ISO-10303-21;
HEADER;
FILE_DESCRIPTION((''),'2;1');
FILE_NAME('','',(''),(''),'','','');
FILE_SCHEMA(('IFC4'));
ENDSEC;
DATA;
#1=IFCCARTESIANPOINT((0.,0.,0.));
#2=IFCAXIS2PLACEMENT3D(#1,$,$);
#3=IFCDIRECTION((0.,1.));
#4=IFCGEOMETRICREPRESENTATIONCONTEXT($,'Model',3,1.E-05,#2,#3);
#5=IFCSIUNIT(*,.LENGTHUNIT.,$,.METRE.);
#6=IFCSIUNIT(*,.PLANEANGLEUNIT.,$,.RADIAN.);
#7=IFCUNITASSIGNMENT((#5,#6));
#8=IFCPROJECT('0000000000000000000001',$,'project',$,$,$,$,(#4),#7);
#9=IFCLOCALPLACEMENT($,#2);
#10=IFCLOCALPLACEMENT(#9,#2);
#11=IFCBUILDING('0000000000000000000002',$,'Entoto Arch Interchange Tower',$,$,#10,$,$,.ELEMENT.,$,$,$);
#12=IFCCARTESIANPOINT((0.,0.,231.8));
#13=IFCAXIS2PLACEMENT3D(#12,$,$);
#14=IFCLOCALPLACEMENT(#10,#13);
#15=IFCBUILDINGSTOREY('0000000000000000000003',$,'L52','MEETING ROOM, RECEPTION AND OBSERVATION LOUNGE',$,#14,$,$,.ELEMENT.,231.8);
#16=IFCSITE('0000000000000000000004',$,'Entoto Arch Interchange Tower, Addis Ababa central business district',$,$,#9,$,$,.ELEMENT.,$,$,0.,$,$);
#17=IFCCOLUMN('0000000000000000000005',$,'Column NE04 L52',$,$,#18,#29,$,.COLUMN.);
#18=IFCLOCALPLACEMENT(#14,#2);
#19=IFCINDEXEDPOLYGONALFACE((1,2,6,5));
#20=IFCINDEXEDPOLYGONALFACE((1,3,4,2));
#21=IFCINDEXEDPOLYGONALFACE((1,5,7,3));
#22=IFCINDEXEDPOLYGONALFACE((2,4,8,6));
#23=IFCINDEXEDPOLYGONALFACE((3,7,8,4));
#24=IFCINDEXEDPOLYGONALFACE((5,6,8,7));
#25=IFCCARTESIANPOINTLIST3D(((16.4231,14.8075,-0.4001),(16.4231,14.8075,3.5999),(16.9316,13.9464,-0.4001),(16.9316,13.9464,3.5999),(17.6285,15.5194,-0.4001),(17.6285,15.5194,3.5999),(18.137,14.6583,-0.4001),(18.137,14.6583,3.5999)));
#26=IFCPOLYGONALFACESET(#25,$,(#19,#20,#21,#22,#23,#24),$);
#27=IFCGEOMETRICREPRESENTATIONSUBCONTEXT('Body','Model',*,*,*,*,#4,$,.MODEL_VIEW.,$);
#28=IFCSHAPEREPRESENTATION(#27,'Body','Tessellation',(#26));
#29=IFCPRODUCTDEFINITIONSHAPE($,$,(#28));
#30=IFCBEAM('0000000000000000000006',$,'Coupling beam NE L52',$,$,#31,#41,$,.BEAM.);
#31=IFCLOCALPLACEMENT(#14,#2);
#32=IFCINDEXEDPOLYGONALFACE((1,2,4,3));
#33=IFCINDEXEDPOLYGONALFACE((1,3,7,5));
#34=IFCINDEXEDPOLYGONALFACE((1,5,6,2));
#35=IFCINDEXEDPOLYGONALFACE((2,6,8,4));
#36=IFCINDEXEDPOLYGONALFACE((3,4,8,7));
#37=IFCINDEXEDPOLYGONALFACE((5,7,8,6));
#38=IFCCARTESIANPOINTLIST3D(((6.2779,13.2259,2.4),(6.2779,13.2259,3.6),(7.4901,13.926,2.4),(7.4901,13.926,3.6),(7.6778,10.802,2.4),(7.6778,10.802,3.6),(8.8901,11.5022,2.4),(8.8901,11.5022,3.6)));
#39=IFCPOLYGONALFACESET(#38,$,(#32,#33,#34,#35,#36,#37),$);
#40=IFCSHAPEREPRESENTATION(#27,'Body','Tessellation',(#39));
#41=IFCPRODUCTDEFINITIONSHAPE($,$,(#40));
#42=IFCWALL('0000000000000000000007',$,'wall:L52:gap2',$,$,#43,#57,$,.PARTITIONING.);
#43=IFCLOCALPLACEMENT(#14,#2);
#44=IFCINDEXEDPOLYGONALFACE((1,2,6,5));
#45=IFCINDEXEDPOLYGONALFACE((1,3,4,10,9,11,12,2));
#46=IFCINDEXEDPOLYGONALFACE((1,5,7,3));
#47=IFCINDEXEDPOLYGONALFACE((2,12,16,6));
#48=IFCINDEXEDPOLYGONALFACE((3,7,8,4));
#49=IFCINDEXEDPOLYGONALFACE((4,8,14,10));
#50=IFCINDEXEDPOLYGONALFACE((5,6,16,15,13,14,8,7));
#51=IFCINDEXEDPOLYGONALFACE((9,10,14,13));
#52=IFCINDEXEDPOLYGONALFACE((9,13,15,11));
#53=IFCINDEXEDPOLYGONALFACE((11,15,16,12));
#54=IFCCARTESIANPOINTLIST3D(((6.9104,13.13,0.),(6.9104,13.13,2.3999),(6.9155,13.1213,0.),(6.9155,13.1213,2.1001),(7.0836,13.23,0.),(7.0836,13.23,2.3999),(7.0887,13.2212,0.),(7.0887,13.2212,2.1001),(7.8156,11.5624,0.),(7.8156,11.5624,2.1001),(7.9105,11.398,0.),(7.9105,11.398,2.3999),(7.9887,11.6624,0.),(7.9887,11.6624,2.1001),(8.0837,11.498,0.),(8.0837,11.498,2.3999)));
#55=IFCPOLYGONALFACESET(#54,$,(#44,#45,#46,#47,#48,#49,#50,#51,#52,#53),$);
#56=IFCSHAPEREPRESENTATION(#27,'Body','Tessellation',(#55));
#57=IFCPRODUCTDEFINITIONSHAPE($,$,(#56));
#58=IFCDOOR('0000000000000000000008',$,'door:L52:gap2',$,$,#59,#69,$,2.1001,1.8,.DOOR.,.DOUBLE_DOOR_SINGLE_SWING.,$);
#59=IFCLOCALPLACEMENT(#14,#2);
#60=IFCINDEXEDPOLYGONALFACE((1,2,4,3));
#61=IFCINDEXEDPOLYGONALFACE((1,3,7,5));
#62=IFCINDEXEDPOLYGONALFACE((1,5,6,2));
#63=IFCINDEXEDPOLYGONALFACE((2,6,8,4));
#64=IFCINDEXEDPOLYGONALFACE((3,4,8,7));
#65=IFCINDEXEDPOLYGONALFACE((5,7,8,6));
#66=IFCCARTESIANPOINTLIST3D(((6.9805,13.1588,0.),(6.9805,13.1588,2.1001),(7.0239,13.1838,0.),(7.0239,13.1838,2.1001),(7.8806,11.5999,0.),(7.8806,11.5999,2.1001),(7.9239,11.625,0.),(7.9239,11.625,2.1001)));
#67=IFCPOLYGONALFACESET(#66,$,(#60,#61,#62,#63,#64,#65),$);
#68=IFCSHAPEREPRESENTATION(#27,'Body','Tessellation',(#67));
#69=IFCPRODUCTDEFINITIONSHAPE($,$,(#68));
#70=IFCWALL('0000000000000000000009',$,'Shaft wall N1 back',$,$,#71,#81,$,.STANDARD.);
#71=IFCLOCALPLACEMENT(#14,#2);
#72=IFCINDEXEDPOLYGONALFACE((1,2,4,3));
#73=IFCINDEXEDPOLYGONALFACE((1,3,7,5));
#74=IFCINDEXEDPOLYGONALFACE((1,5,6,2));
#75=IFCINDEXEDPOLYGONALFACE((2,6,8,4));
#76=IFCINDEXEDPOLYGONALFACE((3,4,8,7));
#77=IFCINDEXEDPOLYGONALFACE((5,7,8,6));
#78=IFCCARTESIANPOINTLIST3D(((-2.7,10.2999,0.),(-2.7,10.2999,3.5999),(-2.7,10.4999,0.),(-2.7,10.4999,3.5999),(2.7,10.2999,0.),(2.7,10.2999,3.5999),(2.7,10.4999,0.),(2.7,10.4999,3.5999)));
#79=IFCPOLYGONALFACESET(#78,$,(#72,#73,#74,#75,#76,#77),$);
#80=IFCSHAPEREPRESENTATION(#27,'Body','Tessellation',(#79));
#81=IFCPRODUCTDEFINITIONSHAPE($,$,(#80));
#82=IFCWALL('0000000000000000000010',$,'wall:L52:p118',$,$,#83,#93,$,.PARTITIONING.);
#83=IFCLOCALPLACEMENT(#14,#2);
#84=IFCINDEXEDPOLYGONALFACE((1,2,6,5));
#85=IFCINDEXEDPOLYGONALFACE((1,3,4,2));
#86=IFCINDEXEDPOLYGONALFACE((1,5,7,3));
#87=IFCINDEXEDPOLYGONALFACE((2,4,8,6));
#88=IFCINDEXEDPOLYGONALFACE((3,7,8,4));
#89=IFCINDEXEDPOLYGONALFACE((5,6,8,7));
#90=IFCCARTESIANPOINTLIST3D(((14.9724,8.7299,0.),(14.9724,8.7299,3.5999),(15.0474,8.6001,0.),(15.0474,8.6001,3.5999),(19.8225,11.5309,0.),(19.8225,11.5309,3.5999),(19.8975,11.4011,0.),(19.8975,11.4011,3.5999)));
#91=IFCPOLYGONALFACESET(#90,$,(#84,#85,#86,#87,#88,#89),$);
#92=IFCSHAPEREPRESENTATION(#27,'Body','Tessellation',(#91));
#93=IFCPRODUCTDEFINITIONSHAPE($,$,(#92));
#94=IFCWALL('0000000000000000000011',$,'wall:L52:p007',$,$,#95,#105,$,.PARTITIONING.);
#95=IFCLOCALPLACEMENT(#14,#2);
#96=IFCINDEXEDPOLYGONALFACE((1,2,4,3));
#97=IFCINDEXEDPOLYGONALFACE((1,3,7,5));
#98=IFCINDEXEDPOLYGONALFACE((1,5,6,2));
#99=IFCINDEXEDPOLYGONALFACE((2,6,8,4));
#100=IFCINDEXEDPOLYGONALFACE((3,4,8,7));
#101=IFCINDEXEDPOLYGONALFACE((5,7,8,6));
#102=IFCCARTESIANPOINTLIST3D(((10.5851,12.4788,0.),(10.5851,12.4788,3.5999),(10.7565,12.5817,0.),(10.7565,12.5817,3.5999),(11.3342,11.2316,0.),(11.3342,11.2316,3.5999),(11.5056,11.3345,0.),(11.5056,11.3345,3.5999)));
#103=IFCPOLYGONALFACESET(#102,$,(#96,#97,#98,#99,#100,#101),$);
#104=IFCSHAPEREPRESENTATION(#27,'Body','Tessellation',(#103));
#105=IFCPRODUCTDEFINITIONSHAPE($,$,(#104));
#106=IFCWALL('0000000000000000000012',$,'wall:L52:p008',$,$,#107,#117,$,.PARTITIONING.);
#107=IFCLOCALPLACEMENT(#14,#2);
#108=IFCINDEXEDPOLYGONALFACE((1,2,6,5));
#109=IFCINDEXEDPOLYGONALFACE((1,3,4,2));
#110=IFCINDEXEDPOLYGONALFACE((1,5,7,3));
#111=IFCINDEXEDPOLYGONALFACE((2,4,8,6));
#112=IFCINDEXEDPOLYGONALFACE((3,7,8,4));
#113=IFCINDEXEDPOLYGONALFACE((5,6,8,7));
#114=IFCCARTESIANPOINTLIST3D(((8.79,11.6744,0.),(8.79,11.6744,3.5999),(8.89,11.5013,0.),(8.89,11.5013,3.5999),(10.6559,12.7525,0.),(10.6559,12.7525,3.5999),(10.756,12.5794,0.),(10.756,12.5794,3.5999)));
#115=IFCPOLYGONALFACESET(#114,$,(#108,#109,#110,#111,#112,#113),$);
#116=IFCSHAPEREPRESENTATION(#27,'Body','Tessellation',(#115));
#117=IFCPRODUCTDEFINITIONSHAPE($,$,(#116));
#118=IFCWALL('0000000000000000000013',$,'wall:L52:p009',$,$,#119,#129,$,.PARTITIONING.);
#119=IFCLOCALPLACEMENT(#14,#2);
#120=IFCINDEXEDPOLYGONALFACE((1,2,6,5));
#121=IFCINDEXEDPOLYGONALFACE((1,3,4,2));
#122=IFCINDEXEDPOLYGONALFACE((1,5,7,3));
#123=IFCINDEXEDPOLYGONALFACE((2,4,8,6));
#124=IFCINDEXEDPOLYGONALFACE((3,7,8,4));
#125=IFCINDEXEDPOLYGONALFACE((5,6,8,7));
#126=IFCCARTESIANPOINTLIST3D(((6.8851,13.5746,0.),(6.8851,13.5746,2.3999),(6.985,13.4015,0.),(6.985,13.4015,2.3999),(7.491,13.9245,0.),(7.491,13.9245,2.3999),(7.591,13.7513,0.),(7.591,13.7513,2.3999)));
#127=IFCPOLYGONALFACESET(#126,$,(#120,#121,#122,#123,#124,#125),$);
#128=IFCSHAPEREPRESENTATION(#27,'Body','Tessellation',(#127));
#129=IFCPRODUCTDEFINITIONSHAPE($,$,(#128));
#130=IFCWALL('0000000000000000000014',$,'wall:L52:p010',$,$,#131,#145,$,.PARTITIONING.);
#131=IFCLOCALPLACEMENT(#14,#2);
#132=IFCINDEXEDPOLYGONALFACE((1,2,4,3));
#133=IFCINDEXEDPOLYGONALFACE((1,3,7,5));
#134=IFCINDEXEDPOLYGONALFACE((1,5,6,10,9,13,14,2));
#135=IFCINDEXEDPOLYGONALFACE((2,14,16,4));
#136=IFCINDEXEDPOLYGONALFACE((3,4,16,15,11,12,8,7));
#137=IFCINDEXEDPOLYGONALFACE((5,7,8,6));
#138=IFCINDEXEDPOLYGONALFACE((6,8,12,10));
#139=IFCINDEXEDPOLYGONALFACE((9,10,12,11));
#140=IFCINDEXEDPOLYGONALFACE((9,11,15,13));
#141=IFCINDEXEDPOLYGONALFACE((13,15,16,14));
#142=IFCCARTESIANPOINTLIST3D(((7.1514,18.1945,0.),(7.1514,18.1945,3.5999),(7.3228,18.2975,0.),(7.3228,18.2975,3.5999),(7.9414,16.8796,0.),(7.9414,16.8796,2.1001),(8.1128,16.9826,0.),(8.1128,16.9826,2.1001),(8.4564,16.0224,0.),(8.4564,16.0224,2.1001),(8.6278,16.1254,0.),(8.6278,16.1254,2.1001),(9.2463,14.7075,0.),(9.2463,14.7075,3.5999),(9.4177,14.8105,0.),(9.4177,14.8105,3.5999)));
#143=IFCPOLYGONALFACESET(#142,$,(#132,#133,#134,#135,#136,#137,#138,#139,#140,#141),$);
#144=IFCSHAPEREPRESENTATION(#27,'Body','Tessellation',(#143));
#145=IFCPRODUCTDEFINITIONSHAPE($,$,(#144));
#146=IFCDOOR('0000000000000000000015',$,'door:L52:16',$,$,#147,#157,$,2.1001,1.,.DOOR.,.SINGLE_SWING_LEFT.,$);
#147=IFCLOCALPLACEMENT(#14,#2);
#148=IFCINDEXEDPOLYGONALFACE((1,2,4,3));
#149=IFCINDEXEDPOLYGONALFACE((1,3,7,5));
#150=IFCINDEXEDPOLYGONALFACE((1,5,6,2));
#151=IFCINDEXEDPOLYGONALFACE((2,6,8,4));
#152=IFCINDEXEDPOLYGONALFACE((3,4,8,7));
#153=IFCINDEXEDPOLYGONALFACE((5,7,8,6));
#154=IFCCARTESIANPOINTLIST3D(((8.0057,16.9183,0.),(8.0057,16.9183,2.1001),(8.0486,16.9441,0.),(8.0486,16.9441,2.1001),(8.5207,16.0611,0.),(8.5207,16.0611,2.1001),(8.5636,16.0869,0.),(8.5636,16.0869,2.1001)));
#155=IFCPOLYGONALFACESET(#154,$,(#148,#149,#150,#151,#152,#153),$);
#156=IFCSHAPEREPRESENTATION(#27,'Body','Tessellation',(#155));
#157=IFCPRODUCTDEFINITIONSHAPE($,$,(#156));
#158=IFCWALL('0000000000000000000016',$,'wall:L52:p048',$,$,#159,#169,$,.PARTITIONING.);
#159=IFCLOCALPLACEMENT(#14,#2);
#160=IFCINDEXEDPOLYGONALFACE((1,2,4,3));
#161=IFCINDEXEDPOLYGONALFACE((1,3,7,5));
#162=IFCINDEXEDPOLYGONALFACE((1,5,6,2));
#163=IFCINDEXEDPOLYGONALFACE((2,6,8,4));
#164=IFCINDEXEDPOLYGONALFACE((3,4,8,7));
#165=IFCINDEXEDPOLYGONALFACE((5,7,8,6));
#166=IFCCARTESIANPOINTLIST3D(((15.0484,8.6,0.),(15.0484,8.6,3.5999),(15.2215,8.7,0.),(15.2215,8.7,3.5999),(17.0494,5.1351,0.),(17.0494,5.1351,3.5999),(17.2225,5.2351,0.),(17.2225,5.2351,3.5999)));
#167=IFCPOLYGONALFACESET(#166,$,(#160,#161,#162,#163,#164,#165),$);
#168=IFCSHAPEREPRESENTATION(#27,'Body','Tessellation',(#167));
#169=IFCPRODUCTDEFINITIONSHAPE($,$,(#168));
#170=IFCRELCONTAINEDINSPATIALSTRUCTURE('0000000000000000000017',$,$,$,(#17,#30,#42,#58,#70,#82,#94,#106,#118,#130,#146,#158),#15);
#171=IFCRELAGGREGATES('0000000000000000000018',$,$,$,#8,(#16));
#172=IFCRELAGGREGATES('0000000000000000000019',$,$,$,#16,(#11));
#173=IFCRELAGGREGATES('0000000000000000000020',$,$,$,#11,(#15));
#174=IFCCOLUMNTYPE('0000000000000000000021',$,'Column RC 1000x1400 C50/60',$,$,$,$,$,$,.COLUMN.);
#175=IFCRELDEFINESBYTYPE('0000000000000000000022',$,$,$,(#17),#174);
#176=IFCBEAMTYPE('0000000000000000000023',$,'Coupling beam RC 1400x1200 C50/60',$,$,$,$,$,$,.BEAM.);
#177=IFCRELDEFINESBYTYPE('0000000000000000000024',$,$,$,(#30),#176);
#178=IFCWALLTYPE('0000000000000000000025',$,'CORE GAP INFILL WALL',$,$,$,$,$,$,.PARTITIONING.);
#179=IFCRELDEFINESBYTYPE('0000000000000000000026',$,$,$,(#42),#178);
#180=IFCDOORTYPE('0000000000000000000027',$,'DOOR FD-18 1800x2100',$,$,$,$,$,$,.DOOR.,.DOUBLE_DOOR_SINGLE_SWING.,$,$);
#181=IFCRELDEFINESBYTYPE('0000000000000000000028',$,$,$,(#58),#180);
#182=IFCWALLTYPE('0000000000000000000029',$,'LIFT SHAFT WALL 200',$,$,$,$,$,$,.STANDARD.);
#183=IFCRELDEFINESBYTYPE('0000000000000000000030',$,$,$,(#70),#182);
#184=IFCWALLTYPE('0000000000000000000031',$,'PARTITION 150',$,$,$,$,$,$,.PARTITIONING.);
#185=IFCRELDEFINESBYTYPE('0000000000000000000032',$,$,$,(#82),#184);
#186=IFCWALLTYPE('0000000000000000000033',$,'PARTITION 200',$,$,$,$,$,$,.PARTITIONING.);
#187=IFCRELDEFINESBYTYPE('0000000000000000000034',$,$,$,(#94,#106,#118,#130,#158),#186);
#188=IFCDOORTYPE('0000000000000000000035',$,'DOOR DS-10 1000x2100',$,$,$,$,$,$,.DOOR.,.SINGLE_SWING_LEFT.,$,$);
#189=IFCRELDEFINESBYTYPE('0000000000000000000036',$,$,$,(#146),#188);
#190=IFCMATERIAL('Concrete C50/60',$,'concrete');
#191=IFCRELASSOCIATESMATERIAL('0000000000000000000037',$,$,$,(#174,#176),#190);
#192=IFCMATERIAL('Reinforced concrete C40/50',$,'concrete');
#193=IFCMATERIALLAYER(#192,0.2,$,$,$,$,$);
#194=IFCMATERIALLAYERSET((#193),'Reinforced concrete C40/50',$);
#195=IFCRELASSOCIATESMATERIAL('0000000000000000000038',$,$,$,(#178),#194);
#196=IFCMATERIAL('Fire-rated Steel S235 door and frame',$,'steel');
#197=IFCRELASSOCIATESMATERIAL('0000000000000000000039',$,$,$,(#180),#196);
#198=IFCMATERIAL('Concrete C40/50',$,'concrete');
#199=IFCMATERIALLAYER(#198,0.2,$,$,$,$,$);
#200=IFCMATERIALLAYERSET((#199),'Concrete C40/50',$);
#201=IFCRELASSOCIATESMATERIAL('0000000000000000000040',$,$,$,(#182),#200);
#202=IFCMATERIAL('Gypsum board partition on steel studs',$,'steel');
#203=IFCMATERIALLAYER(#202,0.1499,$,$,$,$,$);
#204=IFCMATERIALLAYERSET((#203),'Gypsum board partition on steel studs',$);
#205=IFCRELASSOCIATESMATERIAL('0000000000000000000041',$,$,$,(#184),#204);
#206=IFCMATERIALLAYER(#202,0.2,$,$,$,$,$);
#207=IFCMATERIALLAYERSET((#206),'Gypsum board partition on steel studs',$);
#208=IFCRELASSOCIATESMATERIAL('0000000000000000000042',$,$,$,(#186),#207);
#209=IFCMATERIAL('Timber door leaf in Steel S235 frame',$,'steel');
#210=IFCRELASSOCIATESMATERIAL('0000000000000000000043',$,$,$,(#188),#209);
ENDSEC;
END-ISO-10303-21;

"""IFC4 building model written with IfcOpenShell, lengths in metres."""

from ifc_helpers import new_model, si_unit, direction, frame, frame_2d, origin, origin_2d, place, context, subcontext, project, spatial, rectangle, extrude, material, layer, layer_set, material_profile, profile_set, type_object, element, fill, save


model = new_model("IFC4")

# Units and contexts
model_context = context("Model", 3, precision=1e-05, world=origin(), true_north=direction((0.0, 1.0)))
body_context = subcontext(model_context, "Body", "Model", "MODEL_VIEW")
ifc_project = project(units=[si_unit("LENGTHUNIT", "METRE"), si_unit("PLANEANGLEUNIT", "RADIAN")], contexts=[model_context])

# Site, building, storey
site_placement = place(None, origin())
site = spatial("IfcSite", under=ifc_project, at=site_placement, Name="Entoto Arch Interchange Tower, Addis Ababa central business district", CompositionType="ELEMENT", RefElevation=0.0)
building_placement = place(site_placement, origin())
building = spatial("IfcBuilding", under=site, at=building_placement, Name="Entoto Arch Interchange Tower", CompositionType="ELEMENT")
storey_placement = place(building_placement, frame((0.0, 0.0, 231.8)))
storey = spatial("IfcBuildingStorey", under=building, at=storey_placement, Name="L52", Description="MEETING ROOM, RECEPTION AND OBSERVATION LOUNGE", CompositionType="ELEMENT", Elevation=231.8)

# Column
ifc_material_1 = material(Name="Concrete C50/60", Category="concrete")
ifc_material_profile_1 = material_profile(ifc_material_1, rectangle(XDim=1.0, YDim=1.3999, at=origin_2d()))
ifc_profile_set_1 = profile_set([ifc_material_profile_1], Name="Concrete C50/60")
column_type = type_object("IfcColumnType", Name="Column RC 1000x1400 C50/60", PredefinedType="COLUMN", material=ifc_profile_set_1)
column_placement = place(storey_placement, frame((17.28, 14.7329, -0.4001), z_axis=(0.0, 0.0, 1.0), x_axis=(-0.508516, 0.861053, 0.0)))
element("IfcColumn", 1, at=column_placement, inside=storey, type_object=column_type, Name="Column NE04 L52", PredefinedType="COLUMN", context=body_context, shape_type="SweptSolid", body=[
    extrude(rectangle(XDim=1.0, YDim=1.3999, at=origin_2d()), origin(), (0.0, 0.0, 1.0), 4.0),
])

# Beam
ifc_material_profile_2 = material_profile(ifc_material_1, rectangle(XDim=1.3999, YDim=1.2, at=origin_2d()))
ifc_profile_set_2 = profile_set([ifc_material_profile_2], Name="Concrete C50/60")
beam_type = type_object("IfcBeamType", Name="Coupling beam RC 1400x1200 C50/60", PredefinedType="BEAM", material=ifc_profile_set_2)
beam_placement = place(storey_placement, frame((8.2839, 11.1521, 3.0), z_axis=(-0.500135, 0.865947, 0.0), x_axis=(-0.865947, -0.500135, 0.0)))
element("IfcBeam", 2, at=beam_placement, inside=storey, type_object=beam_type, Name="Coupling beam NE L52", PredefinedType="BEAM", context=body_context, shape_type="SweptSolid", body=[
    extrude(rectangle(XDim=1.3999, YDim=1.2, at=origin_2d()), origin(), (0.0, 0.0, 1.0), 2.7991),
])

# Wall, opening, door
ifc_material_2 = material(Name="Reinforced concrete C40/50", Category="concrete")
ifc_layer_1 = layer(ifc_material_2, 0.2)
ifc_layer_set_1 = layer_set([ifc_layer_1], Name="Reinforced concrete C40/50")
wall_type_1 = type_object("IfcWallType", Name="CORE GAP INFILL WALL", PredefinedType="PARTITIONING", material=ifc_layer_set_1)
wall_1_placement = place(storey_placement, frame((7.9971, 11.448, 0.0), z_axis=(0.0, 0.0, 1.0), x_axis=(-0.500025, 0.866011, 0.0)))
wall_1 = element("IfcWall", 3, at=wall_1_placement, inside=storey, type_object=wall_type_1, Name="wall:L52:gap2", PredefinedType="PARTITIONING", context=body_context, shape_type="SweptSolid", body=[
    extrude(rectangle(XDim=2.0, YDim=0.2, at=frame_2d((1.0, 0.0))), origin(), (0.0, 0.0, 1.0), 2.3999),
])
opening_1_placement = place(wall_1_placement, frame((0.1899, 0.0, 0.0)))
opening_1 = element("IfcOpeningElement", 4, at=opening_1_placement, cuts=wall_1, PredefinedType="OPENING", context=body_context, shape_type="SweptSolid", body=[
    extrude(rectangle(XDim=1.8, YDim=2.1001, at=frame_2d((0.8999, 1.05))), frame((0.0, 0.1099, 0.0), z_axis=(0.0, -1.0, 0.0), x_axis=(1.0, 0.0, 0.0)), (0.0, 0.0, 1.0), 0.22),
])
ifc_material_3 = material(Name="Fire-rated Steel S235 door and frame", Category="steel")
door_type_1 = type_object("IfcDoorType", Name="DOOR FD-18 1800x2100", OperationType="DOUBLE_DOOR_SINGLE_SWING", PredefinedType="DOOR", material=ifc_material_3)
door_1_placement = place(opening_1_placement, origin())
door_1 = element("IfcDoor", 5, at=door_1_placement, inside=storey, type_object=door_type_1, Name="door:L52:gap2", OperationType="DOUBLE_DOOR_SINGLE_SWING", OverallHeight=2.1001, OverallWidth=1.8, PredefinedType="DOOR", context=body_context, shape_type="SweptSolid", body=[
    extrude(rectangle(XDim=1.8, YDim=2.1001, at=frame_2d((0.8999, 1.05))), frame((0.0, 0.0249, 0.0), z_axis=(0.0, -1.0, 0.0), x_axis=(1.0, 0.0, 0.0)), (0.0, 0.0, 1.0), 0.05),
])
fill(opening_1, door_1)

# Walls
ifc_material_4 = material(Name="Concrete C40/50", Category="concrete")
ifc_layer_2 = layer(ifc_material_4, 0.2)
ifc_layer_set_2 = layer_set([ifc_layer_2], Name="Concrete C40/50")
wall_type_2 = type_object("IfcWallType", Name="LIFT SHAFT WALL 200", PredefinedType="STANDARD", material=ifc_layer_set_2)
wall_2_placement = place(storey_placement, frame((2.7, 10.3999, 0.0), z_axis=(0.0, 0.0, 1.0), x_axis=(-1.0, 0.0, 0.0)))
element("IfcWall", 6, at=wall_2_placement, inside=storey, type_object=wall_type_2, Name="Shaft wall N1 back", PredefinedType="STANDARD", context=body_context, shape_type="SweptSolid", body=[
    extrude(rectangle(XDim=5.3999, YDim=0.2, at=frame_2d((2.7, 0.0))), origin(), (0.0, 0.0, 1.0), 3.5999),
])
ifc_material_5 = material(Name="Gypsum board partition on steel studs", Category="steel")
ifc_layer_3 = layer(ifc_material_5, 0.1499)
ifc_layer_set_3 = layer_set([ifc_layer_3], Name="Gypsum board partition on steel studs")
wall_type_3 = type_object("IfcWallType", Name="PARTITION 150", PredefinedType="PARTITIONING", material=ifc_layer_set_3)
wall_3_placement = place(storey_placement, frame((15.01, 8.665, 0.0), z_axis=(0.0, 0.0, 1.0), x_axis=(0.865962, 0.50011, 0.0)))
element("IfcWall", 7, at=wall_3_placement, inside=storey, type_object=wall_type_3, Name="wall:L52:p118", PredefinedType="PARTITIONING", context=body_context, shape_type="SweptSolid", body=[
    extrude(rectangle(XDim=5.6008, YDim=0.1499, at=frame_2d((2.8003, 0.0))), origin(), (0.0, 0.0, 1.0), 3.5999),
])
ifc_layer_4 = layer(ifc_material_5, 0.2)
ifc_layer_set_4 = layer_set([ifc_layer_4], Name="Gypsum board partition on steel studs")
wall_type_4 = type_object("IfcWallType", Name="PARTITION 200", PredefinedType="PARTITIONING", material=ifc_layer_set_4)
wall_4_placement = place(storey_placement, frame((11.4199, 11.283, 0.0), z_axis=(0.0, 0.0, 1.0), x_axis=(-0.514891, 0.857256, 0.0)))
element("IfcWall", 8, at=wall_4_placement, inside=storey, type_object=wall_type_4, Name="wall:L52:p007", PredefinedType="PARTITIONING", context=body_context, shape_type="SweptSolid", body=[
    extrude(rectangle(XDim=1.4548, YDim=0.2, at=frame_2d((0.7275, 0.0))), origin(), (0.0, 0.0, 1.0), 3.5999),
])
wall_5_placement = place(storey_placement, frame((10.7061, 12.666, 0.0), z_axis=(0.0, 0.0, 1.0), x_axis=(-0.865863, -0.500281, 0.0)))
element("IfcWall", 9, at=wall_5_placement, inside=storey, type_object=wall_type_4, Name="wall:L52:p008", PredefinedType="PARTITIONING", context=body_context, shape_type="SweptSolid", body=[
    extrude(rectangle(XDim=2.155, YDim=0.2, at=frame_2d((1.0776, 0.0))), origin(), (0.0, 0.0, 1.0), 3.5999),
])
wall_6_placement = place(storey_placement, frame((6.9351, 13.488, 0.0), z_axis=(0.0, 0.0, 1.0), x_axis=(0.866023, 0.500004, 0.0)))
element("IfcWall", 10, at=wall_6_placement, inside=storey, type_object=wall_type_4, Name="wall:L52:p009", PredefinedType="PARTITIONING", context=body_context, shape_type="SweptSolid", body=[
    extrude(rectangle(XDim=0.6997, YDim=0.2, at=frame_2d((0.3499, 0.0))), origin(), (0.0, 0.0, 1.0), 2.3999),
])

# Wall, opening, door
wall_7_placement = place(storey_placement, frame((9.332, 14.759, 0.0), z_axis=(0.0, 0.0, 1.0), x_axis=(-0.51499, 0.857196, 0.0)))
wall_7 = element("IfcWall", 11, at=wall_7_placement, inside=storey, type_object=wall_type_4, Name="wall:L52:p010", PredefinedType="PARTITIONING", context=body_context, shape_type="SweptSolid", body=[
    extrude(rectangle(XDim=4.0679, YDim=0.2, at=frame_2d((2.0339, 0.0))), origin(), (0.0, 0.0, 1.0), 3.5999),
])
opening_2_placement = place(wall_7_placement, frame((1.5339, 0.0, 0.0)))
opening_2 = element("IfcOpeningElement", 12, at=opening_2_placement, cuts=wall_7, PredefinedType="OPENING", context=body_context, shape_type="SweptSolid", body=[
    extrude(rectangle(XDim=1.0, YDim=2.1001, at=frame_2d((0.5, 1.05))), frame((0.0, 0.1099, 0.0), z_axis=(0.0, -1.0, 0.0), x_axis=(1.0, 0.0, 0.0)), (0.0, 0.0, 1.0), 0.22),
])
ifc_material_6 = material(Name="Timber door leaf in Steel S235 frame", Category="steel")
door_type_2 = type_object("IfcDoorType", Name="DOOR DS-10 1000x2100", OperationType="SINGLE_SWING_LEFT", PredefinedType="DOOR", material=ifc_material_6)
door_2_placement = place(opening_2_placement, origin())
door_2 = element("IfcDoor", 13, at=door_2_placement, inside=storey, type_object=door_type_2, Name="door:L52:16", OperationType="SINGLE_SWING_LEFT", OverallHeight=2.1001, OverallWidth=1.0, PredefinedType="DOOR", context=body_context, shape_type="SweptSolid", body=[
    extrude(rectangle(XDim=1.0, YDim=2.1001, at=frame_2d((0.5, 1.05))), frame((0.0, 0.0249, 0.0), z_axis=(0.0, -1.0, 0.0), x_axis=(1.0, 0.0, 0.0)), (0.0, 0.0, 1.0), 0.05),
])
fill(opening_2, door_2)

# Wall
wall_8_placement = place(storey_placement, frame((15.135, 8.6499, 0.0), z_axis=(0.0, 0.0, 1.0), x_axis=(0.500103, -0.865966, 0.0)))
element("IfcWall", 14, at=wall_8_placement, inside=storey, type_object=wall_type_4, Name="wall:L52:p048", PredefinedType="PARTITIONING", context=body_context, shape_type="SweptSolid", body=[
    extrude(rectangle(XDim=4.0012, YDim=0.2, at=frame_2d((2.0005, 0.0))), origin(), (0.0, 0.0, 1.0), 3.5999),
])

save(model, "model.ifc")
